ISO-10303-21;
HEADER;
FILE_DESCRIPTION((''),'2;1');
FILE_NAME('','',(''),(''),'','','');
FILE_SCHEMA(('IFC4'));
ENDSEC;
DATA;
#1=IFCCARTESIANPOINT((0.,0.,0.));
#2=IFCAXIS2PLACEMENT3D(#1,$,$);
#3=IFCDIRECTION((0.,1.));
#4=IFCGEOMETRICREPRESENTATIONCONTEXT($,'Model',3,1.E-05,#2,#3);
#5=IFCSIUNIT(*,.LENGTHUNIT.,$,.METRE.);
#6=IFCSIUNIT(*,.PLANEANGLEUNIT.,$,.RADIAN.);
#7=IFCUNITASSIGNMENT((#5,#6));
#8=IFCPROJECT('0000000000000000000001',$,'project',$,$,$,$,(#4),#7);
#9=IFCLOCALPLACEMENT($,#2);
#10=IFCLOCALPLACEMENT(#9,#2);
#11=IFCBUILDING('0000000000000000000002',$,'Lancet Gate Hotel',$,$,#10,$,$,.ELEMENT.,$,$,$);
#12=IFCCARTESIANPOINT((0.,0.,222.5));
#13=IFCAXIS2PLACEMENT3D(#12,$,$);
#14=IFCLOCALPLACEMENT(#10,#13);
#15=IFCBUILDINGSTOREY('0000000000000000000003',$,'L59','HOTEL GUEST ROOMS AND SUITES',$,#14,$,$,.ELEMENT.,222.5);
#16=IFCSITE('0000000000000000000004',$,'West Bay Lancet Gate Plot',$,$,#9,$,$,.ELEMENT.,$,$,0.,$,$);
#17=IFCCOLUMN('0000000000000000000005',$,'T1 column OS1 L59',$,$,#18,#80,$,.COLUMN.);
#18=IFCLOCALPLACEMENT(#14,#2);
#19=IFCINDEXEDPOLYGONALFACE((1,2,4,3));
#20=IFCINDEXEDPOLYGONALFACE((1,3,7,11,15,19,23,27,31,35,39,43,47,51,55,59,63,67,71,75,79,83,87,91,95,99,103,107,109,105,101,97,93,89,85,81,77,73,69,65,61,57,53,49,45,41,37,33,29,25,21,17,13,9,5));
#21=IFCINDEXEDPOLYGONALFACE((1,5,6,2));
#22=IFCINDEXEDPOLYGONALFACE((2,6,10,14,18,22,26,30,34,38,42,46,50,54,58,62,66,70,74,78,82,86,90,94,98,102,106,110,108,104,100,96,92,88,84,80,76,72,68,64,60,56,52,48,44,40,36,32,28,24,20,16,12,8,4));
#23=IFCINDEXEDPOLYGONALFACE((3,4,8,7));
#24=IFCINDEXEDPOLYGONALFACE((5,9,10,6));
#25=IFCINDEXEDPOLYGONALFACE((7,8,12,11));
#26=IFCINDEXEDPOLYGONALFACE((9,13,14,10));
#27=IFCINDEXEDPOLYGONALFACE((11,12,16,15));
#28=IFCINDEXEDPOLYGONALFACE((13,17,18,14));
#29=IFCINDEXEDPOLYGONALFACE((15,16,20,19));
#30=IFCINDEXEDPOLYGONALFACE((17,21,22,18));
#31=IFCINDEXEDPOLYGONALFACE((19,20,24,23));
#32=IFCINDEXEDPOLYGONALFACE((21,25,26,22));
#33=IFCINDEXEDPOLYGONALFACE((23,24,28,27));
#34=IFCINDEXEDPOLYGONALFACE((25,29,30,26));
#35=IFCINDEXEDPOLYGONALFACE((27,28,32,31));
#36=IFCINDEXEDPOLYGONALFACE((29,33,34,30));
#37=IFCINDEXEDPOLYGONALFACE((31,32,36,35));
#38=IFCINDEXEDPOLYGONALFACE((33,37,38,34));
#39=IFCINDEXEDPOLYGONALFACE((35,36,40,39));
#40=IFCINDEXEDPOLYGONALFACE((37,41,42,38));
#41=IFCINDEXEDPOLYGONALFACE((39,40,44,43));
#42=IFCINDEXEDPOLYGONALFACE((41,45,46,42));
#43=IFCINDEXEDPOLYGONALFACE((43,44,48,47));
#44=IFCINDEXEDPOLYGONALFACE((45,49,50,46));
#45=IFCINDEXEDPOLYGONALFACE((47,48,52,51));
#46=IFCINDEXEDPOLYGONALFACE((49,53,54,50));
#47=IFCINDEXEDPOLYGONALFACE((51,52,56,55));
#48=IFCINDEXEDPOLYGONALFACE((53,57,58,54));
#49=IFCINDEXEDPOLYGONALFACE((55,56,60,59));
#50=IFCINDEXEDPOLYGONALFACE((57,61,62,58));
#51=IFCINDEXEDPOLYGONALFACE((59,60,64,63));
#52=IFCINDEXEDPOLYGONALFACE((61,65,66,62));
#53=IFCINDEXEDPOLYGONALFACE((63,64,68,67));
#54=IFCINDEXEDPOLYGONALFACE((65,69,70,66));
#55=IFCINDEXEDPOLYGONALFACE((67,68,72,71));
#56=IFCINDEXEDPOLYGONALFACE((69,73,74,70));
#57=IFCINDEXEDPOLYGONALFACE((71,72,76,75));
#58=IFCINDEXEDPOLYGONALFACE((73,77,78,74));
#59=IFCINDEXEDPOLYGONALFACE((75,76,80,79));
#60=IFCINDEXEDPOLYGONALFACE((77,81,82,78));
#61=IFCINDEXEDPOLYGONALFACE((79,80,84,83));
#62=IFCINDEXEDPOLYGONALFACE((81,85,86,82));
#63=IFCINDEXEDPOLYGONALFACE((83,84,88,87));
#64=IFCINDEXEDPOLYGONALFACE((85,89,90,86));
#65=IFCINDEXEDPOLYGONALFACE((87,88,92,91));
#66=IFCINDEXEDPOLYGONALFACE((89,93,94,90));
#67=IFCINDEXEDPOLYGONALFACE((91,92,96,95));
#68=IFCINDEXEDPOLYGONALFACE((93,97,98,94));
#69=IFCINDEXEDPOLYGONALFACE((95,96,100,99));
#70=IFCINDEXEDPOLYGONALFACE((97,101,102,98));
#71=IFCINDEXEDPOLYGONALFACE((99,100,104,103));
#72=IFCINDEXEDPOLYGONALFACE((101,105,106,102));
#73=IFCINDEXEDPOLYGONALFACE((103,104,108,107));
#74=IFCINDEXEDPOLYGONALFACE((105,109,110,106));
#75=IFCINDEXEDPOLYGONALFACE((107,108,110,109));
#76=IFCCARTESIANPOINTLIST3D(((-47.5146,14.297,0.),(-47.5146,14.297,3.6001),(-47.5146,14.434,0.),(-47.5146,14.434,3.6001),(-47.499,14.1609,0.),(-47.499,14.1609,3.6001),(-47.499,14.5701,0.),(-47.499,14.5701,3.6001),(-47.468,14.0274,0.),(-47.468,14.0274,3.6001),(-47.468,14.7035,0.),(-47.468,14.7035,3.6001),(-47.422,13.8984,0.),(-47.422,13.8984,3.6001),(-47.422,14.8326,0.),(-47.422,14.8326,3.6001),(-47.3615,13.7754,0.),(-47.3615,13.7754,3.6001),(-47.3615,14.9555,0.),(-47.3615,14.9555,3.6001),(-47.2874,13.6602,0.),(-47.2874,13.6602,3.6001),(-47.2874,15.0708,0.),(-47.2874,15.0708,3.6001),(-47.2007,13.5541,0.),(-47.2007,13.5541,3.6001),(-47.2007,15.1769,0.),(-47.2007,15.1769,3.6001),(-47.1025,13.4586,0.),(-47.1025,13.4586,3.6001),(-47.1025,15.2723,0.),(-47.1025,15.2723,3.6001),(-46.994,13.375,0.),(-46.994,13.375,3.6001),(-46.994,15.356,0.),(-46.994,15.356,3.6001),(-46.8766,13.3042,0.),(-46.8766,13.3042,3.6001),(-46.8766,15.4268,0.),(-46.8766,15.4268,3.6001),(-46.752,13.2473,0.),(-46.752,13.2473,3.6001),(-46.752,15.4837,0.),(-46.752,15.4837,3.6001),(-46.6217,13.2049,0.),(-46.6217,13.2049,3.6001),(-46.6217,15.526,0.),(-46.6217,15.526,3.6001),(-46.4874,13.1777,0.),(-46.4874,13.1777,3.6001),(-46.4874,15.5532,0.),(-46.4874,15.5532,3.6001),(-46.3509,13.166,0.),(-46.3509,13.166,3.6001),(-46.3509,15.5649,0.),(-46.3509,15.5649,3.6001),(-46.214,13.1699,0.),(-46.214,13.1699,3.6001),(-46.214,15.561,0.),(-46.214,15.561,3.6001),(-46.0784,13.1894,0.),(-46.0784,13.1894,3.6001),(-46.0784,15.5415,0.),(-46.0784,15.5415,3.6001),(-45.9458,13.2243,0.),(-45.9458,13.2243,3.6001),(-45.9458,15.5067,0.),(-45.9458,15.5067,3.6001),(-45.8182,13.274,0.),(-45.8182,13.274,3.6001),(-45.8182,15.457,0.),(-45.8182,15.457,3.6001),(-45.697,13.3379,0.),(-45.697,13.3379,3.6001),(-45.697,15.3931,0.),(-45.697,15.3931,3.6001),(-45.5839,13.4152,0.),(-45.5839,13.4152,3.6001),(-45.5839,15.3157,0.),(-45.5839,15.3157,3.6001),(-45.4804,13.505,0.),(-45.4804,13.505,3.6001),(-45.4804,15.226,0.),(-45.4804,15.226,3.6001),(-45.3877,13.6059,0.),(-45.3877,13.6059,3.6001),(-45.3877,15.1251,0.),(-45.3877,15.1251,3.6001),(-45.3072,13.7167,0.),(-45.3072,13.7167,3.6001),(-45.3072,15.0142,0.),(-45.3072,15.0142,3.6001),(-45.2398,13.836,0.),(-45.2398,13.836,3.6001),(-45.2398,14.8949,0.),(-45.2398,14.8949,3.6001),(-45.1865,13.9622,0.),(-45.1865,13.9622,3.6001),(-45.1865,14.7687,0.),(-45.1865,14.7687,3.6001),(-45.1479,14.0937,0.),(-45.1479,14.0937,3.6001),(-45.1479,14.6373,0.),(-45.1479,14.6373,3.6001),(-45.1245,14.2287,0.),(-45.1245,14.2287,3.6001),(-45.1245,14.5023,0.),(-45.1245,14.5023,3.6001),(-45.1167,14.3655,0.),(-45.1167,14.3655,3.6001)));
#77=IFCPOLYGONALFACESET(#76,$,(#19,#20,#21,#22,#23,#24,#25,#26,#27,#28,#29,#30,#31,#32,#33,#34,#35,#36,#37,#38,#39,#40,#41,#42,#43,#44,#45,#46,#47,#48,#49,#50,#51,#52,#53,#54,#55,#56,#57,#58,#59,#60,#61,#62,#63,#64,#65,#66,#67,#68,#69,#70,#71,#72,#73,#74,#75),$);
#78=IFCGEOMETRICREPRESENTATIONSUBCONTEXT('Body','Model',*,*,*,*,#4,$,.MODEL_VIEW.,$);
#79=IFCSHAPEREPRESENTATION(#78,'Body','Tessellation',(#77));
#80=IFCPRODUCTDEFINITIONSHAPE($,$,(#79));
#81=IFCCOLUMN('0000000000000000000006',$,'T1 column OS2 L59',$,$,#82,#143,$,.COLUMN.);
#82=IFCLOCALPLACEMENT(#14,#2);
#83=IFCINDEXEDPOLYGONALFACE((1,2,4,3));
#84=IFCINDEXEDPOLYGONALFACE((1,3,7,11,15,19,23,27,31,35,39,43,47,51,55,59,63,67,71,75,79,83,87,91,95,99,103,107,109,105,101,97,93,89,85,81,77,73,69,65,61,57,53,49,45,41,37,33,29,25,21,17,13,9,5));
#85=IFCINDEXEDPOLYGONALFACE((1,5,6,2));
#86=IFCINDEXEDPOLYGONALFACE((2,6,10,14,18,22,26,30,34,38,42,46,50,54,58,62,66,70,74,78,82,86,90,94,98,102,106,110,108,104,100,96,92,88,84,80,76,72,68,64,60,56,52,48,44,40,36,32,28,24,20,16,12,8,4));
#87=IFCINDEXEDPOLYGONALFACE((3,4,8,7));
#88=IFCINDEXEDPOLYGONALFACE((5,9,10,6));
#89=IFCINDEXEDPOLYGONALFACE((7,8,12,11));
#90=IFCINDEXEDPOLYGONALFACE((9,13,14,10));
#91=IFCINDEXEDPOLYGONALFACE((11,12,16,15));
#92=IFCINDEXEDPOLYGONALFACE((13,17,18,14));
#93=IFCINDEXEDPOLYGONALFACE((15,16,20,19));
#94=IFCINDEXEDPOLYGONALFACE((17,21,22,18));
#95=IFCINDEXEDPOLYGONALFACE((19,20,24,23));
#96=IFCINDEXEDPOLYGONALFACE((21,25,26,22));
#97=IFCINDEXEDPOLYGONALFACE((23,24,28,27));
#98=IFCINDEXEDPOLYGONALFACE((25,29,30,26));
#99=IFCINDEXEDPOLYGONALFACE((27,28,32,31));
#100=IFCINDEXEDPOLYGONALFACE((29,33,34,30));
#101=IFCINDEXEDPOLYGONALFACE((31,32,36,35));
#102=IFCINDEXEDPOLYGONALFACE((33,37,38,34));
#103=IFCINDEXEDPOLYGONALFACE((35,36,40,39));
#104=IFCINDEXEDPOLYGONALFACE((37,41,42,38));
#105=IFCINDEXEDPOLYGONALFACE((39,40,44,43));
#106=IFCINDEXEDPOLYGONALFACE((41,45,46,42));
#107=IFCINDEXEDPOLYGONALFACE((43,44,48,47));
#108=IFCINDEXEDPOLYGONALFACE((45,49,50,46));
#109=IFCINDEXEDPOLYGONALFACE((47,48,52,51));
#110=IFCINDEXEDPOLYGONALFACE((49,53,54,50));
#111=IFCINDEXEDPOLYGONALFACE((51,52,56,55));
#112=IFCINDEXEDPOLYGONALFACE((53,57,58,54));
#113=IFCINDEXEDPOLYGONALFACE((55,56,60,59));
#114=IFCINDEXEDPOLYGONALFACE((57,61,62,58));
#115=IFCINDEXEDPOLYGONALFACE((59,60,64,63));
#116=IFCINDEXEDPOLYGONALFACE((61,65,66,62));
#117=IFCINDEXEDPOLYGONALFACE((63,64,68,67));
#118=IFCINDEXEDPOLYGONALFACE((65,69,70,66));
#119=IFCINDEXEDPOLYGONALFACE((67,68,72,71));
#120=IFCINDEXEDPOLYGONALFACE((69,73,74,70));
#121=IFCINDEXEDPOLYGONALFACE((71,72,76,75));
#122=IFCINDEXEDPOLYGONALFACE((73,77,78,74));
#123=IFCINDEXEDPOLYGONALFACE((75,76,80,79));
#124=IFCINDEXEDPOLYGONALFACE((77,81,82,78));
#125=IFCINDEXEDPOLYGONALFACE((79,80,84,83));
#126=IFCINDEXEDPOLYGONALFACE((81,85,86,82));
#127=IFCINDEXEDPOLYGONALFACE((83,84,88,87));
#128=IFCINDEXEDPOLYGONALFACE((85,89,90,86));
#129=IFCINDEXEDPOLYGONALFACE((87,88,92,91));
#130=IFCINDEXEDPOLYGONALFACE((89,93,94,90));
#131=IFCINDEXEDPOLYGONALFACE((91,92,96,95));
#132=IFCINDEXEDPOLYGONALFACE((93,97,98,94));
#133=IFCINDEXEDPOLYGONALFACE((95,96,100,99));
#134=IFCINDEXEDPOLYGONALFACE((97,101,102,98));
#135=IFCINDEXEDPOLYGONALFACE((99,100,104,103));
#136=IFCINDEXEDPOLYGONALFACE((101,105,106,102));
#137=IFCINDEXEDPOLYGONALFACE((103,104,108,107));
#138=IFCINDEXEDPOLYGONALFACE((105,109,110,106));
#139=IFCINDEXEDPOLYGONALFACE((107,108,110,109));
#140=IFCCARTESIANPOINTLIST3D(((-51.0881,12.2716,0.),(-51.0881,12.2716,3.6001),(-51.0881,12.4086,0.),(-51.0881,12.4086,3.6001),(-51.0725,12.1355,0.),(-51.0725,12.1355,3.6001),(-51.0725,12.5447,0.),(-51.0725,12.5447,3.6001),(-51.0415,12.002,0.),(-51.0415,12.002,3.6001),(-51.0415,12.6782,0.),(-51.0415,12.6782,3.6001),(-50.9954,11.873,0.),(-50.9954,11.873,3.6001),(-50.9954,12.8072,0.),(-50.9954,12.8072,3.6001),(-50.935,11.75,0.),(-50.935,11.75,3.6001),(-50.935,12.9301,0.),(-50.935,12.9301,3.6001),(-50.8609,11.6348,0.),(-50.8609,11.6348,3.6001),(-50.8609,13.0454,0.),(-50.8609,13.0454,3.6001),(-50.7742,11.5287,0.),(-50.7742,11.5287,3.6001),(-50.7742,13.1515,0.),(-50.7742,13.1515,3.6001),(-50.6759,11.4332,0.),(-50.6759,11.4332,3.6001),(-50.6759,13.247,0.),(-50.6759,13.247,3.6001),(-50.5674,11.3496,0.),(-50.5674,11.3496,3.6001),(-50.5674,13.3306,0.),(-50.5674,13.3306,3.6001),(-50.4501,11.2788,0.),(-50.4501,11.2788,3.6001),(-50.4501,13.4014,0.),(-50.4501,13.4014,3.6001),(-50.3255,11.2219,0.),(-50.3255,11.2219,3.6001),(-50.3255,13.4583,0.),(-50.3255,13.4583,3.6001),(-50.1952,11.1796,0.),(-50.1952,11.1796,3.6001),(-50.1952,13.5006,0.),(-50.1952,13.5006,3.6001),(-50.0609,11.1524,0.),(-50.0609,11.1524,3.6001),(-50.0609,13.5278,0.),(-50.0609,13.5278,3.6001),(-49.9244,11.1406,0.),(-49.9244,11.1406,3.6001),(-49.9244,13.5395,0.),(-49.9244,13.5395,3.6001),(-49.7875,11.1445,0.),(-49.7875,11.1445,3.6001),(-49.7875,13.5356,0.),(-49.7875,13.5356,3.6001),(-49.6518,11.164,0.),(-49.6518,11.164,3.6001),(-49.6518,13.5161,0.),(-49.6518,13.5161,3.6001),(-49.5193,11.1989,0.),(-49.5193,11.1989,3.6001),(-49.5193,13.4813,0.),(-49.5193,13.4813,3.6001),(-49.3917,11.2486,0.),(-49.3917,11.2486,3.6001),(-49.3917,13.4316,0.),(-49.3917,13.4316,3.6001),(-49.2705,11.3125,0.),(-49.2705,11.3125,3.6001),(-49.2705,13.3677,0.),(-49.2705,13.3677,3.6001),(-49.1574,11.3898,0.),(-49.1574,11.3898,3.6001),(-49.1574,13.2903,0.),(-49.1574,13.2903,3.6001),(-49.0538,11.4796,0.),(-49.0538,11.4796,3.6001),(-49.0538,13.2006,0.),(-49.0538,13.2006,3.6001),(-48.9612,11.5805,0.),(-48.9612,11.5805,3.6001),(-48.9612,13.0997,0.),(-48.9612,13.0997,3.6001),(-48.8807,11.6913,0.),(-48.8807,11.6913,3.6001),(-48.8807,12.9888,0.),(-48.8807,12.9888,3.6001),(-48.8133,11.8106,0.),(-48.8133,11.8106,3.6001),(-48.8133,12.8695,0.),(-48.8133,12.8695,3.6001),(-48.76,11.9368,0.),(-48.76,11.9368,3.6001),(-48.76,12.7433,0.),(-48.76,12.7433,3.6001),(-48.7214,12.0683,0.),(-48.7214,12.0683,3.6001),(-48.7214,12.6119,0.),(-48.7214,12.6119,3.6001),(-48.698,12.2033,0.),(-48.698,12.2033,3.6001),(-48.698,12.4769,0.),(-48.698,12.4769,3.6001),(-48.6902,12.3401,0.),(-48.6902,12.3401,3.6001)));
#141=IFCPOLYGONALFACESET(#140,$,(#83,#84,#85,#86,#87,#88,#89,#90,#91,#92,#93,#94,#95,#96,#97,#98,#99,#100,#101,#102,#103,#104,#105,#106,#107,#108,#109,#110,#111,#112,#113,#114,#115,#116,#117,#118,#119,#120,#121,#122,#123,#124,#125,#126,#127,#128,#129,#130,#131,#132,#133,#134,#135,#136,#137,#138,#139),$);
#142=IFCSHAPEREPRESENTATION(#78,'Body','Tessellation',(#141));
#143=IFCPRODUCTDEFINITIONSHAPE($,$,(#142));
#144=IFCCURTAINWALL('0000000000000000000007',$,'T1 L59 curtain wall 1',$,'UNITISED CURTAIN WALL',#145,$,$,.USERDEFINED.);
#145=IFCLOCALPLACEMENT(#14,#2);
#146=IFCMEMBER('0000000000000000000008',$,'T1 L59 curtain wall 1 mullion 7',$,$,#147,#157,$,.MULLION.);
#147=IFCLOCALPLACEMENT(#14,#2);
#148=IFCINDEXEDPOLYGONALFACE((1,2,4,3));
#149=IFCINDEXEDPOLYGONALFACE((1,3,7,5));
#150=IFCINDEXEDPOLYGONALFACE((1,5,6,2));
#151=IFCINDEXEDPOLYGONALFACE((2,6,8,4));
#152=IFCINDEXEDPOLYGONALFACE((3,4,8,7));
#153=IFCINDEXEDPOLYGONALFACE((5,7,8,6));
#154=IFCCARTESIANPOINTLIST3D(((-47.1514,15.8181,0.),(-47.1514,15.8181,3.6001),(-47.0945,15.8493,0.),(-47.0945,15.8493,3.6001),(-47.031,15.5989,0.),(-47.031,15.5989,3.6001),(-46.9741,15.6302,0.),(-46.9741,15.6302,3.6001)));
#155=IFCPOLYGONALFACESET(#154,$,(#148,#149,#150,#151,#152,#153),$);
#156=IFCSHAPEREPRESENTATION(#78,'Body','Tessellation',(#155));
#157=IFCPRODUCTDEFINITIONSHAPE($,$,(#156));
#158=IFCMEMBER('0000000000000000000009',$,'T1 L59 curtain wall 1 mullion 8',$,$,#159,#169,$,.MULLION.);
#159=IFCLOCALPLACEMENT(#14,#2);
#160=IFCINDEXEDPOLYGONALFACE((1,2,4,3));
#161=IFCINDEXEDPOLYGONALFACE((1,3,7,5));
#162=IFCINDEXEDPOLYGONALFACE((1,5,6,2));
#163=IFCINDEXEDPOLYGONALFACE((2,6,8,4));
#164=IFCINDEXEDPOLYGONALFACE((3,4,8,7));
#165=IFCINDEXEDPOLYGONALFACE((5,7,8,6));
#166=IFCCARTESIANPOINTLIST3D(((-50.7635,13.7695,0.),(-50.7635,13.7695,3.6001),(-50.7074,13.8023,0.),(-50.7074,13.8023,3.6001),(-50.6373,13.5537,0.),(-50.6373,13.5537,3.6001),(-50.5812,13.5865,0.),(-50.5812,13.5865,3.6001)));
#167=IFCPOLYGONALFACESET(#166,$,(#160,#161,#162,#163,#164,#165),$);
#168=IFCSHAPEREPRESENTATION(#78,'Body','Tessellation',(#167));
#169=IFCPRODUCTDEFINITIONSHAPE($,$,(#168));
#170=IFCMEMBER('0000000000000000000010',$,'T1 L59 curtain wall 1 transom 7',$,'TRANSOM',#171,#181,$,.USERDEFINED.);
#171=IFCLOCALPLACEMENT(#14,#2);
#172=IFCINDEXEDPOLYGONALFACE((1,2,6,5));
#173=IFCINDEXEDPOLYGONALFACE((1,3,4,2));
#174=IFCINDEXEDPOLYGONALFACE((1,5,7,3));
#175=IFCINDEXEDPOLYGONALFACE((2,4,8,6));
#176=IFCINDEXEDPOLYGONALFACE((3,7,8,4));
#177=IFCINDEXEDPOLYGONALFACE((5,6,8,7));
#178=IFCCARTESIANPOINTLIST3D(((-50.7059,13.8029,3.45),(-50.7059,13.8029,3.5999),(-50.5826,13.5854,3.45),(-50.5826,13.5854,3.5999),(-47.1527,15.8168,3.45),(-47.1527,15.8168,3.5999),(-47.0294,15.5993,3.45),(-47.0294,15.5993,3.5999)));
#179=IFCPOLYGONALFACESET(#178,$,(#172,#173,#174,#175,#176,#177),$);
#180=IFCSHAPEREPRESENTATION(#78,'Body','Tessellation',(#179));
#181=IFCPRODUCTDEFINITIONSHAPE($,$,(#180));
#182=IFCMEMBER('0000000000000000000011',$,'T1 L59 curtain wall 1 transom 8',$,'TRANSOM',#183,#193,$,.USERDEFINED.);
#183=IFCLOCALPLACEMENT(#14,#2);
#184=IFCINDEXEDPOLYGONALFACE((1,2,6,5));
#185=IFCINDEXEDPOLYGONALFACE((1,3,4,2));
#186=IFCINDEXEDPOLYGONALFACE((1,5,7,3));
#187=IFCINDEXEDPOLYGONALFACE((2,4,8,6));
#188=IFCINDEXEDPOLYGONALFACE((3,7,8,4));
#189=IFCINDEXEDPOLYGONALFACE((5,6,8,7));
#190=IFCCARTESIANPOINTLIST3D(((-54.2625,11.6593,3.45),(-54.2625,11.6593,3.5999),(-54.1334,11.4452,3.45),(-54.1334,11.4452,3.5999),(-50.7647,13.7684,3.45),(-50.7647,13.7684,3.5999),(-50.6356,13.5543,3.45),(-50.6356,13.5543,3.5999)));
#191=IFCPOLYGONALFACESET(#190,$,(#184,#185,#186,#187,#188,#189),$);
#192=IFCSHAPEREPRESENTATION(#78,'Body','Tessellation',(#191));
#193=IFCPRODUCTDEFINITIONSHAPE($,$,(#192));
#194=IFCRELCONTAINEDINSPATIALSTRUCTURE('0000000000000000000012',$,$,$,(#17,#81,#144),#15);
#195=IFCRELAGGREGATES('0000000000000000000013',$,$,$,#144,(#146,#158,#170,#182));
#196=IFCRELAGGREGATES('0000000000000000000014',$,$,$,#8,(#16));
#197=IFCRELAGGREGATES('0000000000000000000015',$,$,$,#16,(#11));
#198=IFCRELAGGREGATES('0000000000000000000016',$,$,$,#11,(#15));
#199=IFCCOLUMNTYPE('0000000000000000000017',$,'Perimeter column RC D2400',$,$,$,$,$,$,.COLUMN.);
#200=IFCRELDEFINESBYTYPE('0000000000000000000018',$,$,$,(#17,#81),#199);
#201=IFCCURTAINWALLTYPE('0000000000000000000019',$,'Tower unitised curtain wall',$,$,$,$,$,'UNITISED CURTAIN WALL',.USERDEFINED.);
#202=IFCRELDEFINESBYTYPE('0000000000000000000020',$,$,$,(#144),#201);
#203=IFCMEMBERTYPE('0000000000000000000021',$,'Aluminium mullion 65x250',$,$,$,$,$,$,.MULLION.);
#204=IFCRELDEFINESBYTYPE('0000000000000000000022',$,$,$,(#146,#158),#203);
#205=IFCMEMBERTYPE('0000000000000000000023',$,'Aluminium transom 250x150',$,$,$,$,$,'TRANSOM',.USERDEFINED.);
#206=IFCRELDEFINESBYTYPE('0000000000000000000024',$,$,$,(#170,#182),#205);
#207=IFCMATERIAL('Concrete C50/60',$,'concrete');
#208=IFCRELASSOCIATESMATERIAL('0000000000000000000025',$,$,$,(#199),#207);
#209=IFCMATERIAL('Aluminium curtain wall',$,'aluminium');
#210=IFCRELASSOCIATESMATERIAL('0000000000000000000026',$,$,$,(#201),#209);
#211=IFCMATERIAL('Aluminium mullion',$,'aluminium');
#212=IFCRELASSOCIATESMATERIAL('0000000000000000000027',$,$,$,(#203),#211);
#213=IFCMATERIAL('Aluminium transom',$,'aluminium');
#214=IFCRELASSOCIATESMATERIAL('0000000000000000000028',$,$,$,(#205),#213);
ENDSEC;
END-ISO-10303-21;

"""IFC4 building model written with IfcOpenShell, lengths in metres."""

from ifc_helpers import new_model, si_unit, direction, frame, origin, origin_2d, place, context, subcontext, project, spatial, rectangle, circle, extrude, material, material_profile, profile_set, type_object, element, aggregate, save


model = new_model("IFC4")

# Units and contexts
model_context = context("Model", 3, precision=1e-05, world=origin(), true_north=direction((0.0, 1.0)))
body_context = subcontext(model_context, "Body", "Model", "MODEL_VIEW")
ifc_project = project(units=[si_unit("LENGTHUNIT", "METRE"), si_unit("PLANEANGLEUNIT", "RADIAN")], contexts=[model_context])

# Site, building, storey
site_placement = place(None, origin())
site = spatial("IfcSite", under=ifc_project, at=site_placement, Name="West Bay Lancet Gate Plot", CompositionType="ELEMENT", RefElevation=0.0)
building_placement = place(site_placement, origin())
building = spatial("IfcBuilding", under=site, at=building_placement, Name="Lancet Gate Hotel", CompositionType="ELEMENT")
storey_placement = place(building_placement, frame((0.0, 0.0, 222.5)))
storey = spatial("IfcBuildingStorey", under=building, at=storey_placement, Name="L59", Description="HOTEL GUEST ROOMS AND SUITES", CompositionType="ELEMENT", Elevation=222.5)

# Columns
ifc_material_1 = material(Name="Concrete C50/60", Category="concrete")
ifc_material_profile_1 = material_profile(ifc_material_1, circle(Radius=1.2, at=origin_2d()), Name="RC D2400")
ifc_profile_set_1 = profile_set([ifc_material_profile_1], Name="Concrete C50/60")
column_type = type_object("IfcColumnType", Name="Perimeter column RC D2400", PredefinedType="COLUMN", material=ifc_profile_set_1)
for number, where, z_axis, x_axis, name in (
    (1, (-46.3167, 14.3655, 0.0), (0.0, 0.0, 1.0), (1.0, 0.0, 0.0), "T1 column OS1 L59"),
    (2, (-49.8901, 12.3401, 0.0), (0.0, 0.0, 1.0), (1.0, 0.0, 0.0), "T1 column OS2 L59"),
):
    element("IfcColumn", number, at=place(storey_placement, frame(where, z_axis=z_axis, x_axis=x_axis)), inside=storey, type_object=column_type, Name=name, PredefinedType="COLUMN", context=body_context, shape_type="SweptSolid", body=[
        extrude(circle(Radius=1.2, at=origin_2d()), origin(), (0.0, 0.0, 1.0), 3.6001),
    ])

# Curtain wall, members
ifc_material_2 = material(Name="Aluminium curtain wall", Category="aluminium")
curtain_wall_type = type_object("IfcCurtainWallType", Name="Tower unitised curtain wall", ElementType="UNITISED CURTAIN WALL", PredefinedType="USERDEFINED", material=ifc_material_2)
curtain_wall_placement = place(storey_placement, origin())
curtain_wall = element("IfcCurtainWall", 3, at=curtain_wall_placement, inside=storey, type_object=curtain_wall_type, Name="T1 L59 curtain wall 1", ObjectType="UNITISED CURTAIN WALL", PredefinedType="USERDEFINED")
ifc_material_3 = material(Name="Aluminium mullion", Category="aluminium")
ifc_material_profile_2 = material_profile(ifc_material_3, rectangle(XDim=0.0649, YDim=0.25, at=origin_2d()), Name="MULLION 65x250")
ifc_profile_set_2 = profile_set([ifc_material_profile_2], Name="Aluminium mullion")
member_type_1 = type_object("IfcMemberType", Name="Aluminium mullion 65x250", PredefinedType="MULLION", material=ifc_profile_set_2)
member_1_placement = place(storey_placement, frame((-47.0627, 15.7241, 0.0), z_axis=(0.0, 0.0, 1.0), x_axis=(-0.876516, -0.481372, 0.0)))
member_1 = element("IfcMember", 4, at=member_1_placement, type_object=member_type_1, Name="T1 L59 curtain wall 1 mullion 7", PredefinedType="MULLION", context=body_context, shape_type="SweptSolid", body=[
    extrude(rectangle(XDim=0.0649, YDim=0.25, at=origin_2d()), origin(), (0.0, 0.0, 1.0), 3.6001),
])
member_2_placement = place(storey_placement, frame((-50.6724, 13.678, 0.0), z_axis=(0.0, 0.0, 1.0), x_axis=(-0.863242, -0.50479, 0.0)))
member_2 = element("IfcMember", 5, at=member_2_placement, type_object=member_type_1, Name="T1 L59 curtain wall 1 mullion 8", PredefinedType="MULLION", context=body_context, shape_type="SweptSolid", body=[
    extrude(rectangle(XDim=0.0649, YDim=0.25, at=origin_2d()), origin(), (0.0, 0.0, 1.0), 3.6001),
])
ifc_material_4 = material(Name="Aluminium transom", Category="aluminium")
ifc_material_profile_3 = material_profile(ifc_material_4, rectangle(XDim=0.25, YDim=0.1499, at=origin_2d()), Name="TRANSOM 250x150")
ifc_profile_set_3 = profile_set([ifc_material_profile_3], Name="Aluminium transom")
member_type_2 = type_object("IfcMemberType", Name="Aluminium transom 250x150", ElementType="TRANSOM", PredefinedType="USERDEFINED", material=ifc_profile_set_3)
member_3_placement = place(storey_placement, frame((-47.0911, 15.708, 3.5249), z_axis=(-0.869978, -0.493091, 0.0), x_axis=(0.493091, -0.869978, 0.0)))
member_3 = element("IfcMember", 6, at=member_3_placement, type_object=member_type_2, Name="T1 L59 curtain wall 1 transom 7", ObjectType="TRANSOM", PredefinedType="USERDEFINED", context=body_context, shape_type="SweptSolid", body=[
    extrude(rectangle(XDim=0.25, YDim=0.1499, at=origin_2d()), origin(), (0.0, 0.0, 1.0), 4.0842),
])
member_4_placement = place(storey_placement, frame((-50.7002, 13.6614, 3.5249), z_axis=(-0.856362, -0.516376, 0.0), x_axis=(0.516376, -0.856362, 0.0)))
member_4 = element("IfcMember", 7, at=member_4_placement, type_object=member_type_2, Name="T1 L59 curtain wall 1 transom 8", ObjectType="TRANSOM", PredefinedType="USERDEFINED", context=body_context, shape_type="SweptSolid", body=[
    extrude(rectangle(XDim=0.25, YDim=0.1499, at=origin_2d()), origin(), (0.0, 0.0, 1.0), 4.0845),
])

aggregate(curtain_wall, [member_1, member_2, member_3, member_4])

save(model, "model.ifc")
